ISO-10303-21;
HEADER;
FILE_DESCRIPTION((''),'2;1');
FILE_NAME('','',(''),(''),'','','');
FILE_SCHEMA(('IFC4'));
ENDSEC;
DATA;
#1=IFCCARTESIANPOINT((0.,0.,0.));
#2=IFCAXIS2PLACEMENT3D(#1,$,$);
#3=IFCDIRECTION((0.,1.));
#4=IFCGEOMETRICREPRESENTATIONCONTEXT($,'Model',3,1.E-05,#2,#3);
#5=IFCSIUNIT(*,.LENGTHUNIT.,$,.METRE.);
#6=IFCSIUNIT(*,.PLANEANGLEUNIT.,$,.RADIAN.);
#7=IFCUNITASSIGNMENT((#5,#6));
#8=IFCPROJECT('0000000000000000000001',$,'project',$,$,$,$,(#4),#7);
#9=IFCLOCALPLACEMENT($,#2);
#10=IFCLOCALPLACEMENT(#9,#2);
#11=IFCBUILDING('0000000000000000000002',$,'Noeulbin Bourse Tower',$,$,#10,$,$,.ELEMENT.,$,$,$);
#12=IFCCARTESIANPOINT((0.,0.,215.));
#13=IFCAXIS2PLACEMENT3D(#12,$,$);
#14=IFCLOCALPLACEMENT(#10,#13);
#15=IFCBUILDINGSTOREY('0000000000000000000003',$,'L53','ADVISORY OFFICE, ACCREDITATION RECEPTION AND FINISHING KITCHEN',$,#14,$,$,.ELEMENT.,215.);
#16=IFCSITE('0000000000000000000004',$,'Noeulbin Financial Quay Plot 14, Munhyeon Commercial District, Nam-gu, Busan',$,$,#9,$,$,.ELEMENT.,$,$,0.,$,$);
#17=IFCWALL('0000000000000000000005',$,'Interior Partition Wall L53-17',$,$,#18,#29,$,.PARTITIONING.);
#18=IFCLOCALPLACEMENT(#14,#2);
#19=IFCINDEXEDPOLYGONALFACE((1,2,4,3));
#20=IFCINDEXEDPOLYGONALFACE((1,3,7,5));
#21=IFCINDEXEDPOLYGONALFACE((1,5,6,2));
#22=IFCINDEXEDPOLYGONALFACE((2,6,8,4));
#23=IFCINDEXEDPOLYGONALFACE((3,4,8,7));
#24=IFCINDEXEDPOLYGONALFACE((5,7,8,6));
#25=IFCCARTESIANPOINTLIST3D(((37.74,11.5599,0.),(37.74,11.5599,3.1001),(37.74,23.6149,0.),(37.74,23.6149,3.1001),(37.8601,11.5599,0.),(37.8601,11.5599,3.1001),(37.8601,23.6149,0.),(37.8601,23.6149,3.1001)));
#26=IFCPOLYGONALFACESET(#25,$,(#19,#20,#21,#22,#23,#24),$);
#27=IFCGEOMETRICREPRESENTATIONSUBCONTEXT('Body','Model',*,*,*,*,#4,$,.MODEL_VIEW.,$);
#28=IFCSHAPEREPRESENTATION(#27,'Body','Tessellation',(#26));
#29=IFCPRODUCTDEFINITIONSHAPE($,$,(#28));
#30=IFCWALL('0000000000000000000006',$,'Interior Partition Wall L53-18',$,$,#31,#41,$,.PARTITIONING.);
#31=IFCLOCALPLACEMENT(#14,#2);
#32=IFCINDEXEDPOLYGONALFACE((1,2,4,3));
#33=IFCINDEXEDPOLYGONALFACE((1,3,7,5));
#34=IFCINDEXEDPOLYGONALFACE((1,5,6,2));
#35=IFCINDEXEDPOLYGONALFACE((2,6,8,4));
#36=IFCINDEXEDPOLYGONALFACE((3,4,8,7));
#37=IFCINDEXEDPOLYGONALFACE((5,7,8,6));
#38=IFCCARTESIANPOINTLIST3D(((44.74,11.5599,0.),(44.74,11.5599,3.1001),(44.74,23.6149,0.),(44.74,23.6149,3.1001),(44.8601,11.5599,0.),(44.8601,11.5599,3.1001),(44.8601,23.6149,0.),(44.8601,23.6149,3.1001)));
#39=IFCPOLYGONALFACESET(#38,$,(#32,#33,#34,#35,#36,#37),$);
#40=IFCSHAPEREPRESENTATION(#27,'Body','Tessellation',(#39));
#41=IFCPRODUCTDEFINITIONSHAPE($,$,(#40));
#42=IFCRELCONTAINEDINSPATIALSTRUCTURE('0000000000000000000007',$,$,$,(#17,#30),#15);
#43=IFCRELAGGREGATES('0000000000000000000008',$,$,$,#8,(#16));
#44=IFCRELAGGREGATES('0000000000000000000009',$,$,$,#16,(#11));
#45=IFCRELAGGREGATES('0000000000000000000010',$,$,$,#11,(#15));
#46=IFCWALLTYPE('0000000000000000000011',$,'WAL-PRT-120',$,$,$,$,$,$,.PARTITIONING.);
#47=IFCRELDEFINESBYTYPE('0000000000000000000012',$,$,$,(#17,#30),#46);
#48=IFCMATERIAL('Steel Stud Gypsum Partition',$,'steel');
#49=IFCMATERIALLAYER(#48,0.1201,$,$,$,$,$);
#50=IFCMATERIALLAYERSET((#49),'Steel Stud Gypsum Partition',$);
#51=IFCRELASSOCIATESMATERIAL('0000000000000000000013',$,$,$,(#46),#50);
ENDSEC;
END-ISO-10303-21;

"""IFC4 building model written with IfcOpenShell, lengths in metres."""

from ifc_helpers import new_model, si_unit, direction, frame, frame_2d, origin, place, context, subcontext, project, spatial, rectangle, extrude, material, layer, layer_set, type_object, element, save


model = new_model("IFC4")

# Units and contexts
model_context = context("Model", 3, precision=1e-05, world=origin(), true_north=direction((0.0, 1.0)))
body_context = subcontext(model_context, "Body", "Model", "MODEL_VIEW")
ifc_project = project(units=[si_unit("LENGTHUNIT", "METRE"), si_unit("PLANEANGLEUNIT", "RADIAN")], contexts=[model_context])

# Site, building, storey
site_placement = place(None, origin())
site = spatial("IfcSite", under=ifc_project, at=site_placement, Name="Noeulbin Financial Quay Plot 14, Munhyeon Commercial District, Nam-gu, Busan", CompositionType="ELEMENT", RefElevation=0.0)
building_placement = place(site_placement, origin())
building = spatial("IfcBuilding", under=site, at=building_placement, Name="Noeulbin Bourse Tower", CompositionType="ELEMENT")
storey_placement = place(building_placement, frame((0.0, 0.0, 215.0)))
storey = spatial("IfcBuildingStorey", under=building, at=storey_placement, Name="L53", Description="ADVISORY OFFICE, ACCREDITATION RECEPTION AND FINISHING KITCHEN", CompositionType="ELEMENT", Elevation=215.0)

# Walls
ifc_material_1 = material(Name="Steel Stud Gypsum Partition", Category="steel")
ifc_layer_1 = layer(ifc_material_1, 0.1201)
ifc_layer_set_1 = layer_set([ifc_layer_1], Name="Steel Stud Gypsum Partition")
wall_type_1 = type_object("IfcWallType", Name="WAL-PRT-120", PredefinedType="PARTITIONING", material=ifc_layer_set_1)
for number, where, z_axis, x_axis, name in (
    (1, (37.8, 11.5601, 0.0), (0.0, 0.0, 1.0), (0.0, 1.0, 0.0), "Interior Partition Wall L53-17"),
    (2, (44.8, 11.5601, 0.0), (0.0, 0.0, 1.0), (0.0, 1.0, 0.0), "Interior Partition Wall L53-18"),
):
    element("IfcWall", number, at=place(storey_placement, frame(where, z_axis=z_axis, x_axis=x_axis)), inside=storey, type_object=wall_type_1, Name=name, PredefinedType="PARTITIONING", context=body_context, shape_type="SweptSolid", body=[
        extrude(rectangle(XDim=12.0549, YDim=0.1201, at=frame_2d((6.0273, 0.0))), origin(), (0.0, 0.0, 1.0), 3.1001),
    ])

save(model, "model.ifc")
